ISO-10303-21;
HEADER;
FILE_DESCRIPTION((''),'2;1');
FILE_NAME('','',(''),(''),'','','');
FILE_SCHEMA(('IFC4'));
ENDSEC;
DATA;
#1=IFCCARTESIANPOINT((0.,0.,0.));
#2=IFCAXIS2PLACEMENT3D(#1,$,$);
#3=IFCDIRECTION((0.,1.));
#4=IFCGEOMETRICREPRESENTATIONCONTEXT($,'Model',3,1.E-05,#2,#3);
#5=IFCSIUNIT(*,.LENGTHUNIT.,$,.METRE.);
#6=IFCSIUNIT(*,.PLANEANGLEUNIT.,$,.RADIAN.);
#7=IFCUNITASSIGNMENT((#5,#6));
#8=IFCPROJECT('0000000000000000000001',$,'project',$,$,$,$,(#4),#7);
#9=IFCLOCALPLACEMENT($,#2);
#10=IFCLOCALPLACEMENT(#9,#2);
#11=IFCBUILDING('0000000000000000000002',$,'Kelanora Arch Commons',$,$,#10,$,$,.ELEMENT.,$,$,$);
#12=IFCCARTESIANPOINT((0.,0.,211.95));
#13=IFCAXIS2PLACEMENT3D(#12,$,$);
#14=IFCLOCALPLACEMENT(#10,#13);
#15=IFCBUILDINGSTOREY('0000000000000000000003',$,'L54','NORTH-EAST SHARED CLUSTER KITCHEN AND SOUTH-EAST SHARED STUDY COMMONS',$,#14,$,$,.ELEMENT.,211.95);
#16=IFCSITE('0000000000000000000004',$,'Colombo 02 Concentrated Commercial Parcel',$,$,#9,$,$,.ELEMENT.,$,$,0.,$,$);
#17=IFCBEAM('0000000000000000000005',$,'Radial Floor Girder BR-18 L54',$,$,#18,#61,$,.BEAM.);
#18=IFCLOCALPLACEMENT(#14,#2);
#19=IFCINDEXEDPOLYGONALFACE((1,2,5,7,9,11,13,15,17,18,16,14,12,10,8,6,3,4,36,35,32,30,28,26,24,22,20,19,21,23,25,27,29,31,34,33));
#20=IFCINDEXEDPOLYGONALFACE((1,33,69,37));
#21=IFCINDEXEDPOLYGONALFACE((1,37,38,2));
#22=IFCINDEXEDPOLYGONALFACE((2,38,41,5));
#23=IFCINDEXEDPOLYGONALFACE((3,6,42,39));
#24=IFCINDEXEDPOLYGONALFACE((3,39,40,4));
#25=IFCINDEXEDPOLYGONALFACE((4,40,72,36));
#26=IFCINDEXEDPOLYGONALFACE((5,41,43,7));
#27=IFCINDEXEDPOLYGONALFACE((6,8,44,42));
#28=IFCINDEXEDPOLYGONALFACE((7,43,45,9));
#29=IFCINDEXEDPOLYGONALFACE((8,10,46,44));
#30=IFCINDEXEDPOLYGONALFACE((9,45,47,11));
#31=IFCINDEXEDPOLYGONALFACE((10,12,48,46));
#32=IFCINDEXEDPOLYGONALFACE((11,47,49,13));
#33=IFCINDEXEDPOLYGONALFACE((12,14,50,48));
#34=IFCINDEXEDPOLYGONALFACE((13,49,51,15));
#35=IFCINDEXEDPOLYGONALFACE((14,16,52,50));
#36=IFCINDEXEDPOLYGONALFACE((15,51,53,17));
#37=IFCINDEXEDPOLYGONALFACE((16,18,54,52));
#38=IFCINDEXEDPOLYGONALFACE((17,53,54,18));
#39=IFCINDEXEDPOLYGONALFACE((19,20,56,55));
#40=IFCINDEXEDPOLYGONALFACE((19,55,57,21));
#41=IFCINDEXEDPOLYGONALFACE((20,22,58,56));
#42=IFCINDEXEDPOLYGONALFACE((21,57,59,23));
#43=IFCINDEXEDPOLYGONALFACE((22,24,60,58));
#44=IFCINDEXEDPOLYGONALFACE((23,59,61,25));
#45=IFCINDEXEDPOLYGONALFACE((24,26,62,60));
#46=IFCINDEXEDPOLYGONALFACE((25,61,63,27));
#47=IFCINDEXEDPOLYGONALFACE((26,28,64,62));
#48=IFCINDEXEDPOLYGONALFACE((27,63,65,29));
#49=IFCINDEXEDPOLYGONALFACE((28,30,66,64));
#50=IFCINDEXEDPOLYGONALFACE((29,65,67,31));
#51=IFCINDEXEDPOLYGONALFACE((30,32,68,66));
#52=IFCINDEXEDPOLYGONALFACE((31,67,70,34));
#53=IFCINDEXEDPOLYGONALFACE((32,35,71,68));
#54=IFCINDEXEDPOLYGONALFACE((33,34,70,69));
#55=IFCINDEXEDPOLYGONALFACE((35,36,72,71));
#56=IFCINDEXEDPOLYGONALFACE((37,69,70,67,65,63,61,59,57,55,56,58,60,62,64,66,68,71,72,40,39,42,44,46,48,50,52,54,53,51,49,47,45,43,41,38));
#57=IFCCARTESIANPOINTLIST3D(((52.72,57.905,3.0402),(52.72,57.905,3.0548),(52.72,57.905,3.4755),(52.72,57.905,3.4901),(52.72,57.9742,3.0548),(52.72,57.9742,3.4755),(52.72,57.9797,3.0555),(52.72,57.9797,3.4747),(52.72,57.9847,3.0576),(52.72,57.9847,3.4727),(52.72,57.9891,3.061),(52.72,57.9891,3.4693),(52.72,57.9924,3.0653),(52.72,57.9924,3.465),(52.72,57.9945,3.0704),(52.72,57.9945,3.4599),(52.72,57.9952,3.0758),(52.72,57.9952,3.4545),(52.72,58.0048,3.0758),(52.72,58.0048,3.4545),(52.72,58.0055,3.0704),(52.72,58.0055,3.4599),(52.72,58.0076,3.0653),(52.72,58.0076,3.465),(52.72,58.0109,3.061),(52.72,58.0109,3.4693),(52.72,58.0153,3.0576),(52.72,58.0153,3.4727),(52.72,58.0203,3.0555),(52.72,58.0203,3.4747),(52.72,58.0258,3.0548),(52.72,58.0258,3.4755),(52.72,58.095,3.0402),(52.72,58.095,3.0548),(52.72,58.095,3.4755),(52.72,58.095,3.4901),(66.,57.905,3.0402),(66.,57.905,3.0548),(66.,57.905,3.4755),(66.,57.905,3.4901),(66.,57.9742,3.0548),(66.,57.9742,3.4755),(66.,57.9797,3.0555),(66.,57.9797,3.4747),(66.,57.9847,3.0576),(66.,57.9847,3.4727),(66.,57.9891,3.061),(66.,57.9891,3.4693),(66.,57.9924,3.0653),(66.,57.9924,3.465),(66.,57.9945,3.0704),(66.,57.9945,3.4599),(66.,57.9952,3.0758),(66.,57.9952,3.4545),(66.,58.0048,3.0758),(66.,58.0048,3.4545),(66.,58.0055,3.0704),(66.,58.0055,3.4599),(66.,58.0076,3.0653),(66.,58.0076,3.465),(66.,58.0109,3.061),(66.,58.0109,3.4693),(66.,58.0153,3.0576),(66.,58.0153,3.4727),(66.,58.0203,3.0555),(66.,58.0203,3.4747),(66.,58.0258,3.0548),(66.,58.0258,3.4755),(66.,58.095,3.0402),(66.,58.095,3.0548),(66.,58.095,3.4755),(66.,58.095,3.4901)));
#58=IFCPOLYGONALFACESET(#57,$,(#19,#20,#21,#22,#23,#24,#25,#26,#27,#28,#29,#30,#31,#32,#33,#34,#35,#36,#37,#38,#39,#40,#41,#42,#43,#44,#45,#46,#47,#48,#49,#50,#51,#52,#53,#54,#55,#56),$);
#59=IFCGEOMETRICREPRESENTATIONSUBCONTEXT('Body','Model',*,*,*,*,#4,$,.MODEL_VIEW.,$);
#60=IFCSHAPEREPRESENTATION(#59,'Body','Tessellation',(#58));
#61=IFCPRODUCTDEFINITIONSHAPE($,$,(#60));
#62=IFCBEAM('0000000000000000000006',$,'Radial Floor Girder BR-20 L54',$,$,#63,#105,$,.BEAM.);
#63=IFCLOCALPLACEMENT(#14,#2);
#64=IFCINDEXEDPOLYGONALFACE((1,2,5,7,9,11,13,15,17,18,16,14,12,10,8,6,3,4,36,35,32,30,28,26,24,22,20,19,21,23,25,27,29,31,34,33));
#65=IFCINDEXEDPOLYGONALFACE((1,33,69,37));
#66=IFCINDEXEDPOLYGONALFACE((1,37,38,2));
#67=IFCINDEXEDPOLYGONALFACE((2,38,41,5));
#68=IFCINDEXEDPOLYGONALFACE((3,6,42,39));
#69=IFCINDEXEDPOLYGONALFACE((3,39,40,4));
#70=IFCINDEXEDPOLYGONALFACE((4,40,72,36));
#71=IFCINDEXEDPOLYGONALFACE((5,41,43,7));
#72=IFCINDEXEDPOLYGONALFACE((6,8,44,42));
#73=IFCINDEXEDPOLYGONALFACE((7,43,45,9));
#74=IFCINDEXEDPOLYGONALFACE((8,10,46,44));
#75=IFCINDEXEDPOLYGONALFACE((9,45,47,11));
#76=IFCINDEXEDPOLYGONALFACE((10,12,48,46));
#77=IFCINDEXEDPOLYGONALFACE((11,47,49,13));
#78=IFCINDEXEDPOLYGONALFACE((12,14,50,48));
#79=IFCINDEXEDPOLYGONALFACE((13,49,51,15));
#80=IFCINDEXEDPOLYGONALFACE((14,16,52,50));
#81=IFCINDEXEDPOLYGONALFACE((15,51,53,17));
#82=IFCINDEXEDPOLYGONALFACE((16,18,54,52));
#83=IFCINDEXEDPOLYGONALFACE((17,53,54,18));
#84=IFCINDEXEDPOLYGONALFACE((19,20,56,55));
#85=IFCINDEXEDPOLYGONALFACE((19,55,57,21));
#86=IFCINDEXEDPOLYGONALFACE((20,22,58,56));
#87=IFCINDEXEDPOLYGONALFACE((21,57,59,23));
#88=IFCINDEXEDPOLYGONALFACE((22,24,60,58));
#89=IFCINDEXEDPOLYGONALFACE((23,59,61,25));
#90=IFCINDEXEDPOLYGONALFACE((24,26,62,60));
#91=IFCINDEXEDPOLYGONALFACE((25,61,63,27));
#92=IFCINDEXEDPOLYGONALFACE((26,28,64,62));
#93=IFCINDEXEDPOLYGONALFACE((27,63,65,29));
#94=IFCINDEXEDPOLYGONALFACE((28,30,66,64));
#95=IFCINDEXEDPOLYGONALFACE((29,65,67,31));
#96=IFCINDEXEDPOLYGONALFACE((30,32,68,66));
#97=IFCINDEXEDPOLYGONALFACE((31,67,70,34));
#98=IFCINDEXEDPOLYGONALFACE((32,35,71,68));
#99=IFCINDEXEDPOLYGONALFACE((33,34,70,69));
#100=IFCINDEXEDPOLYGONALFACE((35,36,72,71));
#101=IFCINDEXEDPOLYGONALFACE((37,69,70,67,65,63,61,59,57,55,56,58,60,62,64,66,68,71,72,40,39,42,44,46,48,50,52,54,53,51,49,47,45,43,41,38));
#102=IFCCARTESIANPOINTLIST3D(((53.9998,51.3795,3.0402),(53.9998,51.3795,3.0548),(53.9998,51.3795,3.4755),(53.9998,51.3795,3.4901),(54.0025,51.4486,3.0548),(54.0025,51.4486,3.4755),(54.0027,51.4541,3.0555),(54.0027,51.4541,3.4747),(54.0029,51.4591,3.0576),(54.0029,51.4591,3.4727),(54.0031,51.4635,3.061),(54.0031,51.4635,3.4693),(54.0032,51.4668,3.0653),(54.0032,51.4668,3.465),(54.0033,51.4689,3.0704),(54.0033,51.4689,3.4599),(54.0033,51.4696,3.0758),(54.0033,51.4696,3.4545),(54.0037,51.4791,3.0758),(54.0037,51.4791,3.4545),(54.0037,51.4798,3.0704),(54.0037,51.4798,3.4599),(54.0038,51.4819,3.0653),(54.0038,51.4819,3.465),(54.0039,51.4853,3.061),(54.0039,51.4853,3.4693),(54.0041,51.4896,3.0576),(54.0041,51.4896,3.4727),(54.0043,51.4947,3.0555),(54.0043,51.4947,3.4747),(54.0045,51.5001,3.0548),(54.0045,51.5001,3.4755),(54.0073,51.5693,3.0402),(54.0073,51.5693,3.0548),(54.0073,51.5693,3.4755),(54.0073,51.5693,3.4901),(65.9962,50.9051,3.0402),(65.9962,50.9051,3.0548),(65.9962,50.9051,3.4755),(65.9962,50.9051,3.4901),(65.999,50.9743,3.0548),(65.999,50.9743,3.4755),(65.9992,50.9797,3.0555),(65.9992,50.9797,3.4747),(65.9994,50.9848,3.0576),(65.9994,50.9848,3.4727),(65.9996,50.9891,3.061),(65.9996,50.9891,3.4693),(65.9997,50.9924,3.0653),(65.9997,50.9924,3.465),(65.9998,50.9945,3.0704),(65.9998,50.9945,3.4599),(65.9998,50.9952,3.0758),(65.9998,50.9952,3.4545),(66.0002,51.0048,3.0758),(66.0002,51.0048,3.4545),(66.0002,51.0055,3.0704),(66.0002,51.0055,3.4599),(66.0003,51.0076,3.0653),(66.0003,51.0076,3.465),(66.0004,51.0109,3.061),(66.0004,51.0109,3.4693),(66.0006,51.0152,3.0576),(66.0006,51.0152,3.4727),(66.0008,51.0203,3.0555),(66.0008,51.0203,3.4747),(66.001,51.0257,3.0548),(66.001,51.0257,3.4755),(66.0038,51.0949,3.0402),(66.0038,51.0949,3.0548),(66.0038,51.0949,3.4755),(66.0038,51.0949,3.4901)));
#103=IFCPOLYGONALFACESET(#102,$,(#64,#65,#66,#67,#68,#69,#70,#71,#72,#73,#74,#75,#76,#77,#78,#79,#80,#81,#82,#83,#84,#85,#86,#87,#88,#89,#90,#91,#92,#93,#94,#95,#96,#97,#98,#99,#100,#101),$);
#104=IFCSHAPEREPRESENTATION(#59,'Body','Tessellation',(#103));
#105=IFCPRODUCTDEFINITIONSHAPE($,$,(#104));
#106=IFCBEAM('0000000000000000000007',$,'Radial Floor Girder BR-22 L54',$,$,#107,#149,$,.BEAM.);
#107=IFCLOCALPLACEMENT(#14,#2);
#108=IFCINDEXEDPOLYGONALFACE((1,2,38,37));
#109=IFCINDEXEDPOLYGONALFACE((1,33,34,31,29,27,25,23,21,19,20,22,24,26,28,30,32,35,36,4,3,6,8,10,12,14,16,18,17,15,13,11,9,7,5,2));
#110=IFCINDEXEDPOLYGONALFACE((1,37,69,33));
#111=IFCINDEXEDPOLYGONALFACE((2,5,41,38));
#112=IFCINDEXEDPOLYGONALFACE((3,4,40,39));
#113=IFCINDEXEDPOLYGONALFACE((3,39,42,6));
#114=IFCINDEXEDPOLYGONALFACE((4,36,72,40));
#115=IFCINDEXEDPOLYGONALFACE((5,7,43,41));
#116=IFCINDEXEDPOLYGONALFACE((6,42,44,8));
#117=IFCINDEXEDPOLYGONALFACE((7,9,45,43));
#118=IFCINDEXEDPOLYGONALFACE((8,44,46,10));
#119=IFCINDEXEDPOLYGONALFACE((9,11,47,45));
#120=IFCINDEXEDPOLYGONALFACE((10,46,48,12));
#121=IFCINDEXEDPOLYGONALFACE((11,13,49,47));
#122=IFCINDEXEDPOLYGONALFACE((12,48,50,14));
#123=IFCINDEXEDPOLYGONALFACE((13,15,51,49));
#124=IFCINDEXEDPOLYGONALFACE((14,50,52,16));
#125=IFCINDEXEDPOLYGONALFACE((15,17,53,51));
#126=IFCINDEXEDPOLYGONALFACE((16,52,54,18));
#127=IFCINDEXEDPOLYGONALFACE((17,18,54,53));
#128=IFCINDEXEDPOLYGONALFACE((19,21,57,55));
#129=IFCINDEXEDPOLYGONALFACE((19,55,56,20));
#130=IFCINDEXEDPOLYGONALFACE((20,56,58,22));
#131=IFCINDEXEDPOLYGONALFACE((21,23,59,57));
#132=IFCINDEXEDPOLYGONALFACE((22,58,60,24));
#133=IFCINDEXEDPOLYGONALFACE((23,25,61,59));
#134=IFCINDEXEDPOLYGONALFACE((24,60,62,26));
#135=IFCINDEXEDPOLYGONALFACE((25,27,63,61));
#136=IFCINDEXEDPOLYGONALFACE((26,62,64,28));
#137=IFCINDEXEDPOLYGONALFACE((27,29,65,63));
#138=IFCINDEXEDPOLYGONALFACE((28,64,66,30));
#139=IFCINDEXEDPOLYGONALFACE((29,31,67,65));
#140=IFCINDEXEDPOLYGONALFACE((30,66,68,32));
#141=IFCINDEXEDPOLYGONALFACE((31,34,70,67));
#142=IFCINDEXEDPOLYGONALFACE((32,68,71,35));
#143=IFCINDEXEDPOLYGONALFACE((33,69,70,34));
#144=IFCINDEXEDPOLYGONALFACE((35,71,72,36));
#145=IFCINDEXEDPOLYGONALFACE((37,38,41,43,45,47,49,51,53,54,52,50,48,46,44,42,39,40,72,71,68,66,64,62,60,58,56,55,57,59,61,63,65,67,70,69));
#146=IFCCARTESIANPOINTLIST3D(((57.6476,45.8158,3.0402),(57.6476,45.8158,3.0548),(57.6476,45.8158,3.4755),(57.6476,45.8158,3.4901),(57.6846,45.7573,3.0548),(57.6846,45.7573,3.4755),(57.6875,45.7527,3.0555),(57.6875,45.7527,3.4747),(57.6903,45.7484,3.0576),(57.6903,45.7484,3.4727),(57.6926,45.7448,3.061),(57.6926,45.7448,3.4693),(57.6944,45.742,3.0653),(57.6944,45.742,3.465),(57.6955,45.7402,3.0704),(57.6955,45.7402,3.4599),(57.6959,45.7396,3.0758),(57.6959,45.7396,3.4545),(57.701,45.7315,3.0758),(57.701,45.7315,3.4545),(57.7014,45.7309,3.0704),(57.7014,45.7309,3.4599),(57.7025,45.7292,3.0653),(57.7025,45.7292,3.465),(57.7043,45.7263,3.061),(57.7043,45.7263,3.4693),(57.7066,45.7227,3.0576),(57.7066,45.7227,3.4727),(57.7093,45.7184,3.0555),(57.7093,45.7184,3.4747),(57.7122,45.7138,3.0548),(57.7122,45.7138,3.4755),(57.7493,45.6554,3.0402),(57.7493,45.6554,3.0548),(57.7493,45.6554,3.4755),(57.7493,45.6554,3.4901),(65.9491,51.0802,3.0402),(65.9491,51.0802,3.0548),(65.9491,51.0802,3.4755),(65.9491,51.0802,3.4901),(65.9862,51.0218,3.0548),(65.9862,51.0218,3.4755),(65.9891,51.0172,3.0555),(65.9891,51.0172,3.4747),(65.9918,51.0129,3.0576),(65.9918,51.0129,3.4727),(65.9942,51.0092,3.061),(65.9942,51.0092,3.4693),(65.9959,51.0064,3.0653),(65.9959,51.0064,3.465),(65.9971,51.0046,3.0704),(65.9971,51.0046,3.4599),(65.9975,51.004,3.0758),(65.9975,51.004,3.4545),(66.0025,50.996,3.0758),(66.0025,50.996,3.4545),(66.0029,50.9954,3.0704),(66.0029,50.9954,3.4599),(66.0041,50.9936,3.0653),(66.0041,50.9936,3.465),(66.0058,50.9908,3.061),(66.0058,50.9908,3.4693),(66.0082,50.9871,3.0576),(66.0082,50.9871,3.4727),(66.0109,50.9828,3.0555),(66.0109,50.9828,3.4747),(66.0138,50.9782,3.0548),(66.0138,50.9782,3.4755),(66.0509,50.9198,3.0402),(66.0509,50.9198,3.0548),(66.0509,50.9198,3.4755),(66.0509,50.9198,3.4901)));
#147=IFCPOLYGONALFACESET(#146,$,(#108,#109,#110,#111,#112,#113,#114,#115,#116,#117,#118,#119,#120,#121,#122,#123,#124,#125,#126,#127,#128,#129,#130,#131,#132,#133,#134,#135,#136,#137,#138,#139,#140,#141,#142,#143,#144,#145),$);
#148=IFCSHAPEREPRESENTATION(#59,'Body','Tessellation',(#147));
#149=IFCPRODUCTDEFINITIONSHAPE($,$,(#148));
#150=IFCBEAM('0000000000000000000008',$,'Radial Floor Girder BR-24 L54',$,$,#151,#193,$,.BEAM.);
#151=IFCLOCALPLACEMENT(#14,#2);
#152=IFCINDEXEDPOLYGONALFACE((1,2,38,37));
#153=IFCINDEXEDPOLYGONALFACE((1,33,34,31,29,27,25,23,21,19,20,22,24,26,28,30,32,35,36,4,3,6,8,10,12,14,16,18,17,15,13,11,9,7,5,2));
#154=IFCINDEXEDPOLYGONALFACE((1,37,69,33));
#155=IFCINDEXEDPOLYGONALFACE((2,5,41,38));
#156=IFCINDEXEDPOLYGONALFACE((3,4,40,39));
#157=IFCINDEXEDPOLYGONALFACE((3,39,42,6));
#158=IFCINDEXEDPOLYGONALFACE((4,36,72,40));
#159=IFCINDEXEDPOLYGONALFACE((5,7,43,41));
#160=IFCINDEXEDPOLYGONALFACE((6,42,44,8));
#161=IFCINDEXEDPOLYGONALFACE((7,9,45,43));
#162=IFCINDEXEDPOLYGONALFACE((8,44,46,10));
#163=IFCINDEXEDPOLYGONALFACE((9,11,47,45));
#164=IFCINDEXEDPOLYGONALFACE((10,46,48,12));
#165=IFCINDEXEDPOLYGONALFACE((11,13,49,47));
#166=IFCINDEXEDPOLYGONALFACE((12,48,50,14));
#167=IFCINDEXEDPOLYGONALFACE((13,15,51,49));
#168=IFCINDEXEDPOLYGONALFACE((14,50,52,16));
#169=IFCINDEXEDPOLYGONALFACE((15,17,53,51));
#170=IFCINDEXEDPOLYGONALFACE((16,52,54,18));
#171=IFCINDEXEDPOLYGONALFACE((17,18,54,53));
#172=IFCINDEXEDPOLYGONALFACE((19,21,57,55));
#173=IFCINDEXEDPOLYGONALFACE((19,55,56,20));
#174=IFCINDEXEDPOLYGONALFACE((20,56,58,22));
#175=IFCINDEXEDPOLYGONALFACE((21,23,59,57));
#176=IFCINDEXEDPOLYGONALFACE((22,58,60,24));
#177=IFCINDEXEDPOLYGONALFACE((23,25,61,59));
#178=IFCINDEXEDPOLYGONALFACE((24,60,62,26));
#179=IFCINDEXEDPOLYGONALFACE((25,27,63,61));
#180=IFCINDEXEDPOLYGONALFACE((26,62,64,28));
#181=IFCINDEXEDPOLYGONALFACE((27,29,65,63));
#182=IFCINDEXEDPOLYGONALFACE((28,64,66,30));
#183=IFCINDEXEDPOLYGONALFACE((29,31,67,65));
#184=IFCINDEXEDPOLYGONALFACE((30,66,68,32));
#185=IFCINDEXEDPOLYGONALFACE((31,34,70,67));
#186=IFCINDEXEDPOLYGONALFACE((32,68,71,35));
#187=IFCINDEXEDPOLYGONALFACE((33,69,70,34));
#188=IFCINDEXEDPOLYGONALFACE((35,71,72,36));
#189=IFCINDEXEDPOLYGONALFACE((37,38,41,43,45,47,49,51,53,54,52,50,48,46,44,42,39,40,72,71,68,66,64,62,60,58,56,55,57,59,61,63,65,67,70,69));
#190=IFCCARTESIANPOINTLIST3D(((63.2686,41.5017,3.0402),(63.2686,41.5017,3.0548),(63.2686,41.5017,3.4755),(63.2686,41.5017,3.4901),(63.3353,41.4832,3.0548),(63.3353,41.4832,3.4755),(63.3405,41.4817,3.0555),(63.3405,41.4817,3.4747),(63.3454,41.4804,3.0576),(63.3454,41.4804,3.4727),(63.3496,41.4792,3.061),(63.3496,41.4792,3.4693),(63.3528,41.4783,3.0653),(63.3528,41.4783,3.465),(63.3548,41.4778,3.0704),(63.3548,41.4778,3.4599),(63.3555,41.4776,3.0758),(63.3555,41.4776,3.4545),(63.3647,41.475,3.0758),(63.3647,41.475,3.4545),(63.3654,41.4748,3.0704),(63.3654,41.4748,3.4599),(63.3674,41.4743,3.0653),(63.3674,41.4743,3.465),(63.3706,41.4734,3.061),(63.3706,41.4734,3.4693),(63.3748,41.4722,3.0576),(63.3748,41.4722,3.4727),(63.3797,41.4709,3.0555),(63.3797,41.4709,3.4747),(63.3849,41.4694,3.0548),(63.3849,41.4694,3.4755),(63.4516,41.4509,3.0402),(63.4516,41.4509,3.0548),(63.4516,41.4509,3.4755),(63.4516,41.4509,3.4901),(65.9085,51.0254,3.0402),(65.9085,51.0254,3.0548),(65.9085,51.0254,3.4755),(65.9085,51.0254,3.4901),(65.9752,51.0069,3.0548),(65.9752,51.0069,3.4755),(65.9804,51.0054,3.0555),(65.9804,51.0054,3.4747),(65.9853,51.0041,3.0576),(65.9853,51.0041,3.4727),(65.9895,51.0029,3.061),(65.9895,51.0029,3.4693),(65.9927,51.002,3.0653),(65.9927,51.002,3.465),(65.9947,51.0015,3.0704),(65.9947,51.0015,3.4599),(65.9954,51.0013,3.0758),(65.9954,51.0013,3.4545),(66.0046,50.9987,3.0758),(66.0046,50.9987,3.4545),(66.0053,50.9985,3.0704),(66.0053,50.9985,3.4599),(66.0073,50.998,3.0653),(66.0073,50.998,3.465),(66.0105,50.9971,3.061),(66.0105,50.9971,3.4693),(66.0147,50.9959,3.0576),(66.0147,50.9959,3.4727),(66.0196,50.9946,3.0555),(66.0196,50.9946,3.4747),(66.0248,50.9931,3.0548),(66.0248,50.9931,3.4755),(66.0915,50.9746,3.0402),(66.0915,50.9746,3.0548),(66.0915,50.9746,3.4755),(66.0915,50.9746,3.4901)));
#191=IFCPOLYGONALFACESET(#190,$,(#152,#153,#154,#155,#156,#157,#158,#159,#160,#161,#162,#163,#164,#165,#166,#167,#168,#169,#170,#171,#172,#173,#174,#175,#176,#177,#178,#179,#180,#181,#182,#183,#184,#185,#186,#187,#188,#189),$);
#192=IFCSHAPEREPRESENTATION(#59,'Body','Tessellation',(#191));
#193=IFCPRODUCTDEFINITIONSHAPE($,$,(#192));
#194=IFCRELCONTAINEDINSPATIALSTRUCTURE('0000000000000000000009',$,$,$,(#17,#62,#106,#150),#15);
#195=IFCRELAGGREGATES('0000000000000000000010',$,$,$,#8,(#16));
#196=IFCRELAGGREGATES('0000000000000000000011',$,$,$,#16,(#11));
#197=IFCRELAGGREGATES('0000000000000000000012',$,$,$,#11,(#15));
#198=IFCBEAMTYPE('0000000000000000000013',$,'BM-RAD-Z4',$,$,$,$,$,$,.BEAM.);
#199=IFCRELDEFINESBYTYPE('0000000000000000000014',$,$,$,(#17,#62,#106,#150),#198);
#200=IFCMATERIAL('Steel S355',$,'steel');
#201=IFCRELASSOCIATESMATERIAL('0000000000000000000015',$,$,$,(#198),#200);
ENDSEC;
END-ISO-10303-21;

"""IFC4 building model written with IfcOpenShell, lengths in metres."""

from ifc_helpers import new_model, si_unit, direction, frame, origin, origin_2d, place, context, subcontext, project, spatial, i_section, extrude, material, material_profile, profile_set, type_object, element, save


model = new_model("IFC4")

# Units and contexts
model_context = context("Model", 3, precision=1e-05, world=origin(), true_north=direction((0.0, 1.0)))
body_context = subcontext(model_context, "Body", "Model", "MODEL_VIEW")
ifc_project = project(units=[si_unit("LENGTHUNIT", "METRE"), si_unit("PLANEANGLEUNIT", "RADIAN")], contexts=[model_context])

# Site, building, storey
site_placement = place(None, origin())
site = spatial("IfcSite", under=ifc_project, at=site_placement, Name="Colombo 02 Concentrated Commercial Parcel", CompositionType="ELEMENT", RefElevation=0.0)
building_placement = place(site_placement, origin())
building = spatial("IfcBuilding", under=site, at=building_placement, Name="Kelanora Arch Commons", CompositionType="ELEMENT")
storey_placement = place(building_placement, frame((0.0, 0.0, 211.95)))
storey = spatial("IfcBuildingStorey", under=building, at=storey_placement, Name="L54", Description="NORTH-EAST SHARED CLUSTER KITCHEN AND SOUTH-EAST SHARED STUDY COMMONS", CompositionType="ELEMENT", Elevation=211.95)

# Beams
ifc_material_1 = material(Name="Steel S355", Category="steel")
ifc_material_profile_1 = material_profile(ifc_material_1, i_section(OverallWidth=0.1899, OverallDepth=0.45, WebThickness=0.0095, FlangeThickness=0.0146, FilletRadius=0.021, at=origin_2d()), Name="IPE450")
ifc_profile_set_1 = profile_set([ifc_material_profile_1], Name="Steel S355")
beam_type_1 = type_object("IfcBeamType", Name="BM-RAD-Z4", PredefinedType="BEAM", material=ifc_profile_set_1)
beam_1_placement = place(storey_placement, frame((66.0, 58.0, 3.2651), z_axis=(-1.0, 0.0, 0.0), x_axis=(0.0, -1.0, 0.0)))
element("IfcBeam", 1, at=beam_1_placement, inside=storey, type_object=beam_type_1, Name="Radial Floor Girder BR-18 L54", PredefinedType="BEAM", context=body_context, shape_type="SweptSolid", body=[
    extrude(i_section(OverallWidth=0.1899, OverallDepth=0.45, WebThickness=0.0095, FlangeThickness=0.0146, FilletRadius=0.021, at=origin_2d()), origin(), (0.0, 0.0, 1.0), 13.28),
])
beam_2_placement = place(storey_placement, frame((66.0, 51.0, 3.2651), z_axis=(-0.999219, 0.039511, 0.0), x_axis=(-0.039511, -0.999219, 0.0)))
element("IfcBeam", 2, at=beam_2_placement, inside=storey, type_object=beam_type_1, Name="Radial Floor Girder BR-20 L54", PredefinedType="BEAM", context=body_context, shape_type="SweptSolid", body=[
    extrude(i_section(OverallWidth=0.1899, OverallDepth=0.45, WebThickness=0.0095, FlangeThickness=0.0146, FilletRadius=0.021, at=origin_2d()), origin(), (0.0, 0.0, 1.0), 12.0059),
])
beam_3_placement = place(storey_placement, frame((66.0, 51.0, 3.2651), z_axis=(-0.844507, -0.535544, 0.0), x_axis=(0.535544, -0.844507, 0.0)))
element("IfcBeam", 3, at=beam_3_placement, inside=storey, type_object=beam_type_1, Name="Radial Floor Girder BR-22 L54", PredefinedType="BEAM", context=body_context, shape_type="SweptSolid", body=[
    extrude(i_section(OverallWidth=0.1899, OverallDepth=0.45, WebThickness=0.0095, FlangeThickness=0.0146, FilletRadius=0.021, at=origin_2d()), origin(), (0.0, 0.0, 1.0), 9.8301),
])
beam_4_placement = place(storey_placement, frame((66.0, 51.0, 3.2651), z_axis=(-0.26712, -0.963663, 0.0), x_axis=(0.963663, -0.26712, 0.0)))
element("IfcBeam", 4, at=beam_4_placement, inside=storey, type_object=beam_type_1, Name="Radial Floor Girder BR-24 L54", PredefinedType="BEAM", context=body_context, shape_type="SweptSolid", body=[
    extrude(i_section(OverallWidth=0.1899, OverallDepth=0.45, WebThickness=0.0095, FlangeThickness=0.0146, FilletRadius=0.021, at=origin_2d()), origin(), (0.0, 0.0, 1.0), 9.8828),
])

save(model, "model.ifc")
